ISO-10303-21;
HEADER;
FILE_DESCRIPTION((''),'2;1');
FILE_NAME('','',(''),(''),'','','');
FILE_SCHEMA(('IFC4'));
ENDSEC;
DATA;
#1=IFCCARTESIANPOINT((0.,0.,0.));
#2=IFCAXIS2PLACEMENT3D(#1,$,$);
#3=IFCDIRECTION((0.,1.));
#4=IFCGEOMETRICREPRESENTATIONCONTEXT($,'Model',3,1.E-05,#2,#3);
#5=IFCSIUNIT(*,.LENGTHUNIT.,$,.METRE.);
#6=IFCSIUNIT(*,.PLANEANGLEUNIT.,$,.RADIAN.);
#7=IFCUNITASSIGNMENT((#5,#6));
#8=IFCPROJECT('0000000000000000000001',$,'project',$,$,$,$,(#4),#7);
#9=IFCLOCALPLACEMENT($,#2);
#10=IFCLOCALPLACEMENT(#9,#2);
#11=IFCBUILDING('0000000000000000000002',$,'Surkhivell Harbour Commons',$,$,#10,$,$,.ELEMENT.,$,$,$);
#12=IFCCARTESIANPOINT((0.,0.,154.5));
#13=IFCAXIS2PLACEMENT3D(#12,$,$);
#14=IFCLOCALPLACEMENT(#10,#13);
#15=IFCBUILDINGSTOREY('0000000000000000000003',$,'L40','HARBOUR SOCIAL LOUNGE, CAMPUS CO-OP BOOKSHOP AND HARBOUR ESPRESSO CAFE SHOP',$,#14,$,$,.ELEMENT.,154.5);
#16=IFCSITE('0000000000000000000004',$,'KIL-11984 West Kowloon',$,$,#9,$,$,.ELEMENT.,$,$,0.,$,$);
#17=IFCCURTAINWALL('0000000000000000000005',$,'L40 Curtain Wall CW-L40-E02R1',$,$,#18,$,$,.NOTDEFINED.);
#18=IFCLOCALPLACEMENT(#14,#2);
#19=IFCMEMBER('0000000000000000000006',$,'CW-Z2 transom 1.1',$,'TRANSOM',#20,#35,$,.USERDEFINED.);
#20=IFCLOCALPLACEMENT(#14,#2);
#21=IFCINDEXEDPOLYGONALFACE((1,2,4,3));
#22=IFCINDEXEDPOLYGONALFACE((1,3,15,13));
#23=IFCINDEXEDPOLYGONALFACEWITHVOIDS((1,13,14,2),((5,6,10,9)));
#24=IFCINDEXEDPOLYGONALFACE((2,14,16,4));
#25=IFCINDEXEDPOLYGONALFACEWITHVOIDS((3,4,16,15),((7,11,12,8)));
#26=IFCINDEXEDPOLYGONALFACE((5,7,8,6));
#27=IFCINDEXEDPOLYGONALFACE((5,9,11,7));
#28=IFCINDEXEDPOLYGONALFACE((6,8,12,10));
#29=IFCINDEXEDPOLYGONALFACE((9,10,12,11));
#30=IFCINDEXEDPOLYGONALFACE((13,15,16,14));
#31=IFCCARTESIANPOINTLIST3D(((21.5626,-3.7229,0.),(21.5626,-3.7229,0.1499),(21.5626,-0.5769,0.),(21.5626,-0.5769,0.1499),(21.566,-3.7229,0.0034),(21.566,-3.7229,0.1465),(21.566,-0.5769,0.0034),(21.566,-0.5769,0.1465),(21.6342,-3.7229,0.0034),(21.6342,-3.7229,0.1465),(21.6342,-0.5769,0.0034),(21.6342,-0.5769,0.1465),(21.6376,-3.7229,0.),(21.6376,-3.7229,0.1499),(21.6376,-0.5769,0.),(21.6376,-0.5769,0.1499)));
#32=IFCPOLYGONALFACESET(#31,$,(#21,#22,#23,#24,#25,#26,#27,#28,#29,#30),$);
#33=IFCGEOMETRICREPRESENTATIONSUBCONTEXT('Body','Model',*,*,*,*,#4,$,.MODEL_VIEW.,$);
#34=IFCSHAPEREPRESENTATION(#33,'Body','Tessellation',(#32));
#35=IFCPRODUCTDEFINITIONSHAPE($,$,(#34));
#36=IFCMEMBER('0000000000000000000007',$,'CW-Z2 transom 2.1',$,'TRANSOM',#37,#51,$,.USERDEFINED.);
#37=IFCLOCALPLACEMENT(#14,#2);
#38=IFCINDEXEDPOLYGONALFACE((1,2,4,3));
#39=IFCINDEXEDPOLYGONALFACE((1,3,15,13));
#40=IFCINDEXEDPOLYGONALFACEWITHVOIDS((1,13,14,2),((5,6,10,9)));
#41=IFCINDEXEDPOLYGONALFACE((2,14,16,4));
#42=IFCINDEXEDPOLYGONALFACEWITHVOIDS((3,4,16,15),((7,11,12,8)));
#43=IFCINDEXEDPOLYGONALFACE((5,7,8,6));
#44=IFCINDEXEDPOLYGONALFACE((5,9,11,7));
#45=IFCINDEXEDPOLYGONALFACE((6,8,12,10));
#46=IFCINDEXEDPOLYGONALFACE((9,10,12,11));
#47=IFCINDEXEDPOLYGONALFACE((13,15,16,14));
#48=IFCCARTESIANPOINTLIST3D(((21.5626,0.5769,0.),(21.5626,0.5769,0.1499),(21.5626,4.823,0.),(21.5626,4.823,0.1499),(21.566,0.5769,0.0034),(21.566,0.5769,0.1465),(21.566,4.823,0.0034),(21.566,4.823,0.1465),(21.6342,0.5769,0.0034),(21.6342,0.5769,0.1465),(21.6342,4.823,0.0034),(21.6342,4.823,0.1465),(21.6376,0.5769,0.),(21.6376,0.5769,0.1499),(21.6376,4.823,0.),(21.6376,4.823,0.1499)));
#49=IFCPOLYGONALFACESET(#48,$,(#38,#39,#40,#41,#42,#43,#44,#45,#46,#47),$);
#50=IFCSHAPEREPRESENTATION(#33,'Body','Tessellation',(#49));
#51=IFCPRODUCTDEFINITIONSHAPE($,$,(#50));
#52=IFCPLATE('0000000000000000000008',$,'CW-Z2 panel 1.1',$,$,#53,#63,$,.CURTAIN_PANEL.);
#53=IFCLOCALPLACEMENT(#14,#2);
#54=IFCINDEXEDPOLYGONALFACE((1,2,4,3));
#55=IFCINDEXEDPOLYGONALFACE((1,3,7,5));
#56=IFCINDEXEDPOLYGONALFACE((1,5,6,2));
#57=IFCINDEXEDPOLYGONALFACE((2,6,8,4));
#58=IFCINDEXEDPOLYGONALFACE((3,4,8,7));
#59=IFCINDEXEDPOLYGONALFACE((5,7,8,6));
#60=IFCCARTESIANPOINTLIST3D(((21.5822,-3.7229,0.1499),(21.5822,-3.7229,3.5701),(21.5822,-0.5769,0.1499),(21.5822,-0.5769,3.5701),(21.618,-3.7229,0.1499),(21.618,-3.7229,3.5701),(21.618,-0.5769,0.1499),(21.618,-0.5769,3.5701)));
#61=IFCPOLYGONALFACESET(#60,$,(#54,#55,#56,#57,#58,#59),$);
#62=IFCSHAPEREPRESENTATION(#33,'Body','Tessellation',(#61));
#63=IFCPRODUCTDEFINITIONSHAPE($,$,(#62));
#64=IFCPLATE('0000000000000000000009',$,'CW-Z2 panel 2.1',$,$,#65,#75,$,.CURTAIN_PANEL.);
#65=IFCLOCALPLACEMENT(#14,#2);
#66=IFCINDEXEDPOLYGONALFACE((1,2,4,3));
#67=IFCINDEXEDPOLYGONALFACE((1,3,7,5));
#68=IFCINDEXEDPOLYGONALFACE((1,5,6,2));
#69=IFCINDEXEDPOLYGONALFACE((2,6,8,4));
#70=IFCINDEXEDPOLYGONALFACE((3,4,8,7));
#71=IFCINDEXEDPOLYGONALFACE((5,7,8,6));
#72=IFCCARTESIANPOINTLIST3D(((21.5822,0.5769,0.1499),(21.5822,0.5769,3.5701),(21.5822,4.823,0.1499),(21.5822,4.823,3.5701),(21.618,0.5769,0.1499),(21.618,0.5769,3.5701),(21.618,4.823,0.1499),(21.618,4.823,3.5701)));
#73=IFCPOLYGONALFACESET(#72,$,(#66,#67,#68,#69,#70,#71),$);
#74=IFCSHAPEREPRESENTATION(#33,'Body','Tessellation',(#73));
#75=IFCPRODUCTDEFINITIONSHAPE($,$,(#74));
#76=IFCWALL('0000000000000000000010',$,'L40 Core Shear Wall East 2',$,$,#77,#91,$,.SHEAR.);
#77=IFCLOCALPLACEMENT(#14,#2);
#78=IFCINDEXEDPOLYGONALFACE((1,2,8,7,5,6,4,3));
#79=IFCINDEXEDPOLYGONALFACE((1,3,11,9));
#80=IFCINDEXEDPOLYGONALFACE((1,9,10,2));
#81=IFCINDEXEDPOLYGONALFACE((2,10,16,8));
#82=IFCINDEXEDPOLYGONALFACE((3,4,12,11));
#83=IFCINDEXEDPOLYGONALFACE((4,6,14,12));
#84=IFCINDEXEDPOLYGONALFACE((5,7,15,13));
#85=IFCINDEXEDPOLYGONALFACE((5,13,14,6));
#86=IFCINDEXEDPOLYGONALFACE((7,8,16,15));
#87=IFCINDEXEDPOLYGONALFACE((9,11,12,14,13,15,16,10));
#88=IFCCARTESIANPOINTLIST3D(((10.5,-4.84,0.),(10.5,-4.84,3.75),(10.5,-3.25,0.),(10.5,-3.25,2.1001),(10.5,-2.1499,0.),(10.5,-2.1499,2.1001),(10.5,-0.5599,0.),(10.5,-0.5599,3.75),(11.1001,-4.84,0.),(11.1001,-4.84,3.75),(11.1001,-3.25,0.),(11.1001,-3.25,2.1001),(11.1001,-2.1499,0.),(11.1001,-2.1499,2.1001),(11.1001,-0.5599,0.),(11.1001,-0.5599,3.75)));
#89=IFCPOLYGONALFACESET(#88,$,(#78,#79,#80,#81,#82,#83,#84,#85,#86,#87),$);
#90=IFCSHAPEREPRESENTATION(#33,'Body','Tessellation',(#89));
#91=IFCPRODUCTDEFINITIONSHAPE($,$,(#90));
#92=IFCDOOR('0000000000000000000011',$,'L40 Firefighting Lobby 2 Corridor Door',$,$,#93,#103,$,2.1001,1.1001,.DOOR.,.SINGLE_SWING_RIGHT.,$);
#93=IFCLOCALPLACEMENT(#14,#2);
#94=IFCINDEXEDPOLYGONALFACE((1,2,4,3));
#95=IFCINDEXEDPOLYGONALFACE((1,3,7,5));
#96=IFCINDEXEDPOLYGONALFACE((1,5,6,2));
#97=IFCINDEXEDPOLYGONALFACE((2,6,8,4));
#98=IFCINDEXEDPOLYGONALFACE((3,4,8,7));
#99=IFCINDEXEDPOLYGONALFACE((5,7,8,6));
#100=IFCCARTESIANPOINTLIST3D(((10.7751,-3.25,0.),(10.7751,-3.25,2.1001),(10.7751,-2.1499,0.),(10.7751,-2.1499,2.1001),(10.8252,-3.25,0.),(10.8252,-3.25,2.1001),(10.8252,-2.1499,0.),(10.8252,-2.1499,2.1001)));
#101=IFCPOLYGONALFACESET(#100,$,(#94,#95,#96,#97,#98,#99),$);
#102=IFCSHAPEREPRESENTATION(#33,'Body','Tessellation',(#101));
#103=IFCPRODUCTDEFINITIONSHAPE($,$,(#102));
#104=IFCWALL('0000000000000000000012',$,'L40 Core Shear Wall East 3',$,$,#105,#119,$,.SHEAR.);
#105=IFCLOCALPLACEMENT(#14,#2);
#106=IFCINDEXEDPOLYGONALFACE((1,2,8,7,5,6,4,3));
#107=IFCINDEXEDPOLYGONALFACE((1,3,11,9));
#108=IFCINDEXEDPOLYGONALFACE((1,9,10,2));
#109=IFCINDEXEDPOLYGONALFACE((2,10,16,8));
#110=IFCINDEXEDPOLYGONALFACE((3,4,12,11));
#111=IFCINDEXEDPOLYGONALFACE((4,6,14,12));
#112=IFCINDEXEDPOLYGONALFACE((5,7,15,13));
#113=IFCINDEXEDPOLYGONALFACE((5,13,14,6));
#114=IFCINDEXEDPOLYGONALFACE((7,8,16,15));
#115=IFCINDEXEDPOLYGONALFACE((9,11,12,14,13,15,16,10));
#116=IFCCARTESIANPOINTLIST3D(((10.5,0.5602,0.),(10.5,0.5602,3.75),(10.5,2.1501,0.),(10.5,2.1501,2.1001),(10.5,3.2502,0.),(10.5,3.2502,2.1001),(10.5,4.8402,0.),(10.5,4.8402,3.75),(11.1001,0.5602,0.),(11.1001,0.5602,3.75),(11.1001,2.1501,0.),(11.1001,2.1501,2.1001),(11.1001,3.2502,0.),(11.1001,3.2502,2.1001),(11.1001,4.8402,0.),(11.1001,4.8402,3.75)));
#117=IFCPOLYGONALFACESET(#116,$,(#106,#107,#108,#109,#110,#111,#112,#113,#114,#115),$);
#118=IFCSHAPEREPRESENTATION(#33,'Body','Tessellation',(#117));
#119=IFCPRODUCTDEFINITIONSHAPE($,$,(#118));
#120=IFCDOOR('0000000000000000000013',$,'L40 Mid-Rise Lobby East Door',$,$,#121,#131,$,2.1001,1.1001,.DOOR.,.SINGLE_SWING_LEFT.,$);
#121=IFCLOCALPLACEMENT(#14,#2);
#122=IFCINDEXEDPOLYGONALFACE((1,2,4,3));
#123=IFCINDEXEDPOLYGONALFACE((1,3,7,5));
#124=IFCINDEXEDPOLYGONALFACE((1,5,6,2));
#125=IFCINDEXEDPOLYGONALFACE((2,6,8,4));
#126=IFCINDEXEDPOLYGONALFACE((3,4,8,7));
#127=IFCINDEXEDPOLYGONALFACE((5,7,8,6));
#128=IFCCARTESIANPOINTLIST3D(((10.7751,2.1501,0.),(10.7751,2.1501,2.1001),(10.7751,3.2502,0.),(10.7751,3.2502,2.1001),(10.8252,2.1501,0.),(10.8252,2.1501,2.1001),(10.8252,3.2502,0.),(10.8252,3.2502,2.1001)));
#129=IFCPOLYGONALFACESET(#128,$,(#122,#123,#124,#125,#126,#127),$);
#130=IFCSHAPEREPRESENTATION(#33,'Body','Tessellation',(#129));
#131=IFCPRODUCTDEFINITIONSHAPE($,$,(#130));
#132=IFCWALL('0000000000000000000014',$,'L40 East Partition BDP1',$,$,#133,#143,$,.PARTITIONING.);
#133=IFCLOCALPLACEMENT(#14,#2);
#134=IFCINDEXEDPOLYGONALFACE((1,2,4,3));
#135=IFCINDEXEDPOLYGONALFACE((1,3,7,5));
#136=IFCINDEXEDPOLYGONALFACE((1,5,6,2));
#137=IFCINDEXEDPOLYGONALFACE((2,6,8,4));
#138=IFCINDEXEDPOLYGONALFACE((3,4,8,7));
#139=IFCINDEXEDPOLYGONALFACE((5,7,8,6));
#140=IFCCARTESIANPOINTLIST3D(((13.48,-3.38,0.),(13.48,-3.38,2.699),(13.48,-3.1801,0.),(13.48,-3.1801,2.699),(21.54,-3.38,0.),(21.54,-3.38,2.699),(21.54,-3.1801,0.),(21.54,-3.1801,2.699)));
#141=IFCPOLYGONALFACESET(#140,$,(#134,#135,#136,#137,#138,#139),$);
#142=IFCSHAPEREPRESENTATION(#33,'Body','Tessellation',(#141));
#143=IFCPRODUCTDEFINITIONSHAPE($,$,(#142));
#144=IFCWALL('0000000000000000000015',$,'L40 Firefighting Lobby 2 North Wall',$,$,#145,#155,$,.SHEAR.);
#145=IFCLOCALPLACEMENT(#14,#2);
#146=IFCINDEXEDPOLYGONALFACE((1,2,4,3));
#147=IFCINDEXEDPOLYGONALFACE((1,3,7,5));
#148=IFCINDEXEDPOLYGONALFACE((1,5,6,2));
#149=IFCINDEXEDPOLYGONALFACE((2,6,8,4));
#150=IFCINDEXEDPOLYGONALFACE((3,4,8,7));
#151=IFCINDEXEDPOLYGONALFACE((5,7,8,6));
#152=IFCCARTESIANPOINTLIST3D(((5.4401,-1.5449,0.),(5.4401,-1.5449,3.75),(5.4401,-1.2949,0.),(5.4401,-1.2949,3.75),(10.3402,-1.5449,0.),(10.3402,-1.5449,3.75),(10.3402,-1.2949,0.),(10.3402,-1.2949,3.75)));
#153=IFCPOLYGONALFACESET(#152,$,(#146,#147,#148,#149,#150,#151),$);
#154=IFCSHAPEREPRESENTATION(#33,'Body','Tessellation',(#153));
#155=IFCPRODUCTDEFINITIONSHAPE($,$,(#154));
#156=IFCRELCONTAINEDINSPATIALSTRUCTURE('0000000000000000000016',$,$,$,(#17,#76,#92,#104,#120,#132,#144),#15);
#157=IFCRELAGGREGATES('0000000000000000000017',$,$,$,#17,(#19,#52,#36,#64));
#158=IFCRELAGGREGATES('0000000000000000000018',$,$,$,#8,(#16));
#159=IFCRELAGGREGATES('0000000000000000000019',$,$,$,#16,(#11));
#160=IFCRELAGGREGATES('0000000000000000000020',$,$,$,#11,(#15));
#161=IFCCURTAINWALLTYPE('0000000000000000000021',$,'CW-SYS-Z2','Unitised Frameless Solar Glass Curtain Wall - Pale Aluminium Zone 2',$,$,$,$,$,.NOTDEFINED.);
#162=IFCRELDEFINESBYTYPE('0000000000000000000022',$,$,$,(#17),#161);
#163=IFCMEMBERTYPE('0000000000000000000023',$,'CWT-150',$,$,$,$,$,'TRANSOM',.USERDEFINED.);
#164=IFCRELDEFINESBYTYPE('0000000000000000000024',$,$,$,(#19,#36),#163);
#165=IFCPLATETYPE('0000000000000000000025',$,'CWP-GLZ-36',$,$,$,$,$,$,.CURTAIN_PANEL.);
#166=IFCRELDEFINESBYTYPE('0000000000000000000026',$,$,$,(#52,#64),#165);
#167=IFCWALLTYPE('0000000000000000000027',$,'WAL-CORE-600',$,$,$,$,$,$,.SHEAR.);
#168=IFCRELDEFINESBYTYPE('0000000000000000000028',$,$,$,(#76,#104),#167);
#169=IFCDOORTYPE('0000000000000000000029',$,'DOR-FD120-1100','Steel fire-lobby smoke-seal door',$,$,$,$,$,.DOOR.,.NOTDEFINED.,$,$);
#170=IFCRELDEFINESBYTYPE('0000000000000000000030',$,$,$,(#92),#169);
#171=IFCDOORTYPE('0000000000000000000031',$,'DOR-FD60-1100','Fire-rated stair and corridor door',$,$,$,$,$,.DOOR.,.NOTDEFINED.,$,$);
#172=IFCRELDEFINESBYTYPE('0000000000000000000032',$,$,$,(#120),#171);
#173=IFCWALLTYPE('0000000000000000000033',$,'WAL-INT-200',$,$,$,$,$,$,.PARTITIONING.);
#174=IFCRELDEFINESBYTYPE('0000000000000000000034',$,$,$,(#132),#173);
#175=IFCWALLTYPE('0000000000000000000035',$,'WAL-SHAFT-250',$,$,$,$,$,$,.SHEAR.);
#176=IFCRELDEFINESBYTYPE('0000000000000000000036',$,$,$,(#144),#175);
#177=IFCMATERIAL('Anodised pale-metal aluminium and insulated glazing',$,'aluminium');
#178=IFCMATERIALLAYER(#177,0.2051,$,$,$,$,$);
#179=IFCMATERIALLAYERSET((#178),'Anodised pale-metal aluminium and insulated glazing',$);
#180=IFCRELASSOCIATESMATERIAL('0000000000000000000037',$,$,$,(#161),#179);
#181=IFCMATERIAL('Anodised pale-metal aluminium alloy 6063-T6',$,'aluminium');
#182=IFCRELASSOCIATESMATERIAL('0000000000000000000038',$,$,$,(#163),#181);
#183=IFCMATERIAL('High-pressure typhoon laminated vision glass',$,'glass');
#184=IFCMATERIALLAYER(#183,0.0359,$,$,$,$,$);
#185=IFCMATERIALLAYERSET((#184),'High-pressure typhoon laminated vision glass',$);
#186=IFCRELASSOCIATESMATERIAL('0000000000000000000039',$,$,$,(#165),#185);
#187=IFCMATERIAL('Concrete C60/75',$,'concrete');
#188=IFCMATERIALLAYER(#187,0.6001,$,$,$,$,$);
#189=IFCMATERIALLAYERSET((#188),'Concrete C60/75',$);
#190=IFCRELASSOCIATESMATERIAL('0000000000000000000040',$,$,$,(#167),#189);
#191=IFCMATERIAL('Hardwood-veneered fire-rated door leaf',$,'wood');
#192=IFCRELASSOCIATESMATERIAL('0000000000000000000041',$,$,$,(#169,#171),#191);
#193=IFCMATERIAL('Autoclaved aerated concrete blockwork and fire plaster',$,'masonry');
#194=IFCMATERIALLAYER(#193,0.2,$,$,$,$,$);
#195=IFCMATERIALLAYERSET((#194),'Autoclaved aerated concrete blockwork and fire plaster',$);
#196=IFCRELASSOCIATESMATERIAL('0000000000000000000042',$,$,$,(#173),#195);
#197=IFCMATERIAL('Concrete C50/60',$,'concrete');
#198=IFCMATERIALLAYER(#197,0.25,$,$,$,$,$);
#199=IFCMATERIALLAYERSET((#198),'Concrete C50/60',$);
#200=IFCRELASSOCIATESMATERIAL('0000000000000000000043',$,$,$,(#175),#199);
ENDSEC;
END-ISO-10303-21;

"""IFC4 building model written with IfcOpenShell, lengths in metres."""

from ifc_helpers import new_model, si_unit, direction, frame, frame_2d, origin, origin_2d, place, context, subcontext, project, spatial, rectangle, hollow_rectangle, extrude, material, layer, layer_set, material_profile, profile_set, type_object, element, fill, aggregate, save


model = new_model("IFC4")

# Units and contexts
model_context = context("Model", 3, precision=1e-05, world=origin(), true_north=direction((0.0, 1.0)))
body_context = subcontext(model_context, "Body", "Model", "MODEL_VIEW")
ifc_project = project(units=[si_unit("LENGTHUNIT", "METRE"), si_unit("PLANEANGLEUNIT", "RADIAN")], contexts=[model_context])

# Site, building, storey
site_placement = place(None, origin())
site = spatial("IfcSite", under=ifc_project, at=site_placement, Name="KIL-11984 West Kowloon", CompositionType="ELEMENT", RefElevation=0.0)
building_placement = place(site_placement, origin())
building = spatial("IfcBuilding", under=site, at=building_placement, Name="Surkhivell Harbour Commons", CompositionType="ELEMENT")
storey_placement = place(building_placement, frame((0.0, 0.0, 154.5)))
storey = spatial("IfcBuildingStorey", under=building, at=storey_placement, Name="L40", Description="HARBOUR SOCIAL LOUNGE, CAMPUS CO-OP BOOKSHOP AND HARBOUR ESPRESSO CAFE SHOP", CompositionType="ELEMENT", Elevation=154.5)

# Shared definitions
ifc_material_1 = material(Name="Concrete C60/75", Category="concrete")

# Shared definitions
ifc_material_2 = material(Name="Anodised pale-metal aluminium and insulated glazing", Category="aluminium")
ifc_layer_1 = layer(ifc_material_2, 0.2051)
ifc_layer_set_1 = layer_set([ifc_layer_1], Name="Anodised pale-metal aluminium and insulated glazing")
curtain_wall_type = type_object("IfcCurtainWallType", Name="CW-SYS-Z2", Description="Unitised Frameless Solar Glass Curtain Wall - Pale Aluminium Zone 2", PredefinedType="NOTDEFINED", material=ifc_layer_set_1)
ifc_material_3 = material(Name="Anodised pale-metal aluminium alloy 6063-T6", Category="aluminium")

# Curtain wall, members, plates
curtain_wall_1_placement = place(storey_placement, origin())
curtain_wall_1 = element("IfcCurtainWall", 1, at=curtain_wall_1_placement, inside=storey, type_object=curtain_wall_type, Name="L40 Curtain Wall CW-L40-E02R1", PredefinedType="NOTDEFINED")
ifc_material_profile_1 = material_profile(ifc_material_3, hollow_rectangle(XDim=0.075, YDim=0.1499, WallThickness=0.0034, at=origin_2d()), Name="ALU-TRAN-75x150")
ifc_profile_set_1 = profile_set([ifc_material_profile_1], Name="Anodised pale-metal aluminium alloy 6063-T6")
member_type_1 = type_object("IfcMemberType", Name="CWT-150", ElementType="TRANSOM", PredefinedType="USERDEFINED", material=ifc_profile_set_1)
member_1_placement = place(storey_placement, frame((21.6001, -3.7229, 0.075), z_axis=(0.0, 1.0, 0.0), x_axis=(-1.0, 0.0, 0.0)))
member_1 = element("IfcMember", 2, at=member_1_placement, type_object=member_type_1, Name="CW-Z2 transom 1.1", ObjectType="TRANSOM", PredefinedType="USERDEFINED", context=body_context, shape_type="SweptSolid", body=[
    extrude(hollow_rectangle(XDim=0.075, YDim=0.1499, WallThickness=0.0034, at=origin_2d()), origin(), (0.0, 0.0, 1.0), 3.146),
])
member_2_placement = place(storey_placement, frame((21.6001, 0.5769, 0.075), z_axis=(0.0, 1.0, 0.0), x_axis=(-1.0, 0.0, 0.0)))
member_2 = element("IfcMember", 3, at=member_2_placement, type_object=member_type_1, Name="CW-Z2 transom 2.1", ObjectType="TRANSOM", PredefinedType="USERDEFINED", context=body_context, shape_type="SweptSolid", body=[
    extrude(hollow_rectangle(XDim=0.075, YDim=0.1499, WallThickness=0.0034, at=origin_2d()), origin(), (0.0, 0.0, 1.0), 4.2461),
])
ifc_material_4 = material(Name="High-pressure typhoon laminated vision glass", Category="glass")
ifc_layer_2 = layer(ifc_material_4, 0.0359)
ifc_layer_set_2 = layer_set([ifc_layer_2], Name="High-pressure typhoon laminated vision glass")
plate_type = type_object("IfcPlateType", Name="CWP-GLZ-36", PredefinedType="CURTAIN_PANEL", material=ifc_layer_set_2)
plate_1_placement = place(storey_placement, frame((21.6001, -3.7229, 0.1499), z_axis=(0.0, 0.0, 1.0), x_axis=(0.0, 1.0, 0.0)))
plate_1 = element("IfcPlate", 4, at=plate_1_placement, type_object=plate_type, Name="CW-Z2 panel 1.1", PredefinedType="CURTAIN_PANEL", context=body_context, shape_type="SweptSolid", body=[
    extrude(rectangle(XDim=3.146, YDim=0.0359, at=frame_2d((1.573, 0.0))), origin(), (0.0, 0.0, 1.0), 3.4202),
])
plate_2_placement = place(storey_placement, frame((21.6001, 0.5769, 0.1499), z_axis=(0.0, 0.0, 1.0), x_axis=(0.0, 1.0, 0.0)))
plate_2 = element("IfcPlate", 5, at=plate_2_placement, type_object=plate_type, Name="CW-Z2 panel 2.1", PredefinedType="CURTAIN_PANEL", context=body_context, shape_type="SweptSolid", body=[
    extrude(rectangle(XDim=4.2461, YDim=0.0359, at=frame_2d((2.123, 0.0))), origin(), (0.0, 0.0, 1.0), 3.4202),
])
aggregate(curtain_wall_1, [member_1, plate_1, member_2, plate_2])

# Walls, openings, doors
ifc_layer_3 = layer(ifc_material_1, 0.6001)
ifc_layer_set_3 = layer_set([ifc_layer_3], Name="Concrete C60/75")
wall_type_1 = type_object("IfcWallType", Name="WAL-CORE-600", PredefinedType="SHEAR", material=ifc_layer_set_3)
wall_1_placement = place(storey_placement, frame((10.8, -4.8401, 0.0), z_axis=(0.0, 0.0, 1.0), x_axis=(0.0, 1.0, 0.0)))
wall_1 = element("IfcWall", 6, at=wall_1_placement, inside=storey, type_object=wall_type_1, Name="L40 Core Shear Wall East 2", PredefinedType="SHEAR", context=body_context, shape_type="SweptSolid", body=[
    extrude(rectangle(XDim=4.28, YDim=0.6001, at=frame_2d((2.1401, 0.0))), origin(), (0.0, 0.0, 1.0), 3.75),
])
opening_1_placement = place(wall_1_placement, frame((1.5901, 0.0, 0.0)))
opening_1 = element("IfcOpeningElement", 7, at=opening_1_placement, cuts=wall_1, PredefinedType="OPENING", context=body_context, shape_type="SweptSolid", body=[
    extrude(rectangle(XDim=1.1001, YDim=2.1001, at=frame_2d((0.55, 1.05))), frame((0.0, 0.3101, 0.0), z_axis=(0.0, -1.0, 0.0), x_axis=(1.0, 0.0, 0.0)), (0.0, 0.0, 1.0), 0.6201),
])
ifc_material_5 = material(Name="Hardwood-veneered fire-rated door leaf", Category="wood")
door_type_1 = type_object("IfcDoorType", Name="DOR-FD120-1100", Description="Steel fire-lobby smoke-seal door", OperationType="NOTDEFINED", PredefinedType="DOOR", material=ifc_material_5)
door_1_placement = place(opening_1_placement, origin())
door_1 = element("IfcDoor", 8, at=door_1_placement, inside=storey, type_object=door_type_1, Name="L40 Firefighting Lobby 2 Corridor Door", OperationType="SINGLE_SWING_RIGHT", OverallHeight=2.1001, OverallWidth=1.1001, PredefinedType="DOOR", context=body_context, shape_type="SweptSolid", body=[
    extrude(rectangle(XDim=1.1001, YDim=2.1001, at=frame_2d((0.55, 1.05))), frame((0.0, 0.0249, 0.0), z_axis=(0.0, -1.0, 0.0), x_axis=(1.0, 0.0, 0.0)), (0.0, 0.0, 1.0), 0.05),
])
fill(opening_1, door_1)
wall_2_placement = place(storey_placement, frame((10.8, 0.5601, 0.0), z_axis=(0.0, 0.0, 1.0), x_axis=(0.0, 1.0, 0.0)))
wall_2 = element("IfcWall", 9, at=wall_2_placement, inside=storey, type_object=wall_type_1, Name="L40 Core Shear Wall East 3", PredefinedType="SHEAR", context=body_context, shape_type="SweptSolid", body=[
    extrude(rectangle(XDim=4.28, YDim=0.6001, at=frame_2d((2.1401, 0.0))), origin(), (0.0, 0.0, 1.0), 3.75),
])
opening_2_placement = place(wall_2_placement, frame((1.5901, 0.0, 0.0)))
opening_2 = element("IfcOpeningElement", 10, at=opening_2_placement, cuts=wall_2, PredefinedType="OPENING", context=body_context, shape_type="SweptSolid", body=[
    extrude(rectangle(XDim=1.1001, YDim=2.1001, at=frame_2d((0.55, 1.05))), frame((0.0, 0.3101, 0.0), z_axis=(0.0, -1.0, 0.0), x_axis=(1.0, 0.0, 0.0)), (0.0, 0.0, 1.0), 0.6201),
])
door_type_2 = type_object("IfcDoorType", Name="DOR-FD60-1100", Description="Fire-rated stair and corridor door", OperationType="NOTDEFINED", PredefinedType="DOOR", material=ifc_material_5)
door_2_placement = place(opening_2_placement, origin())
door_2 = element("IfcDoor", 11, at=door_2_placement, inside=storey, type_object=door_type_2, Name="L40 Mid-Rise Lobby East Door", OperationType="SINGLE_SWING_LEFT", OverallHeight=2.1001, OverallWidth=1.1001, PredefinedType="DOOR", context=body_context, shape_type="SweptSolid", body=[
    extrude(rectangle(XDim=1.1001, YDim=2.1001, at=frame_2d((0.55, 1.05))), frame((0.0, 0.0249, 0.0), z_axis=(0.0, -1.0, 0.0), x_axis=(1.0, 0.0, 0.0)), (0.0, 0.0, 1.0), 0.05),
])
fill(opening_2, door_2)

# Walls
ifc_material_6 = material(Name="Autoclaved aerated concrete blockwork and fire plaster", Category="masonry")
ifc_layer_4 = layer(ifc_material_6, 0.2)
ifc_layer_set_4 = layer_set([ifc_layer_4], Name="Autoclaved aerated concrete blockwork and fire plaster")
wall_type_2 = type_object("IfcWallType", Name="WAL-INT-200", PredefinedType="PARTITIONING", material=ifc_layer_set_4)
wall_3_placement = place(storey_placement, frame((13.48, -3.28, 0.0), z_axis=(0.0, 0.0, 1.0), x_axis=(1.0, 0.0, 0.0)))
element("IfcWall", 12, at=wall_3_placement, inside=storey, type_object=wall_type_2, Name="L40 East Partition BDP1", PredefinedType="PARTITIONING", context=body_context, shape_type="SweptSolid", body=[
    extrude(rectangle(XDim=8.0601, YDim=0.2, at=frame_2d((4.03, 0.0))), origin(), (0.0, 0.0, 1.0), 2.699),
])
ifc_material_7 = material(Name="Concrete C50/60", Category="concrete")
ifc_layer_5 = layer(ifc_material_7, 0.25)
ifc_layer_set_5 = layer_set([ifc_layer_5], Name="Concrete C50/60")
wall_type_3 = type_object("IfcWallType", Name="WAL-SHAFT-250", PredefinedType="SHEAR", material=ifc_layer_set_5)
wall_4_placement = place(storey_placement, frame((5.4399, -1.4199, 0.0), z_axis=(0.0, 0.0, 1.0), x_axis=(1.0, 0.0, 0.0)))
element("IfcWall", 13, at=wall_4_placement, inside=storey, type_object=wall_type_3, Name="L40 Firefighting Lobby 2 North Wall", PredefinedType="SHEAR", context=body_context, shape_type="SweptSolid", body=[
    extrude(rectangle(XDim=4.9001, YDim=0.25, at=frame_2d((2.4502, 0.0))), origin(), (0.0, 0.0, 1.0), 3.75),
])

save(model, "model.ifc")
